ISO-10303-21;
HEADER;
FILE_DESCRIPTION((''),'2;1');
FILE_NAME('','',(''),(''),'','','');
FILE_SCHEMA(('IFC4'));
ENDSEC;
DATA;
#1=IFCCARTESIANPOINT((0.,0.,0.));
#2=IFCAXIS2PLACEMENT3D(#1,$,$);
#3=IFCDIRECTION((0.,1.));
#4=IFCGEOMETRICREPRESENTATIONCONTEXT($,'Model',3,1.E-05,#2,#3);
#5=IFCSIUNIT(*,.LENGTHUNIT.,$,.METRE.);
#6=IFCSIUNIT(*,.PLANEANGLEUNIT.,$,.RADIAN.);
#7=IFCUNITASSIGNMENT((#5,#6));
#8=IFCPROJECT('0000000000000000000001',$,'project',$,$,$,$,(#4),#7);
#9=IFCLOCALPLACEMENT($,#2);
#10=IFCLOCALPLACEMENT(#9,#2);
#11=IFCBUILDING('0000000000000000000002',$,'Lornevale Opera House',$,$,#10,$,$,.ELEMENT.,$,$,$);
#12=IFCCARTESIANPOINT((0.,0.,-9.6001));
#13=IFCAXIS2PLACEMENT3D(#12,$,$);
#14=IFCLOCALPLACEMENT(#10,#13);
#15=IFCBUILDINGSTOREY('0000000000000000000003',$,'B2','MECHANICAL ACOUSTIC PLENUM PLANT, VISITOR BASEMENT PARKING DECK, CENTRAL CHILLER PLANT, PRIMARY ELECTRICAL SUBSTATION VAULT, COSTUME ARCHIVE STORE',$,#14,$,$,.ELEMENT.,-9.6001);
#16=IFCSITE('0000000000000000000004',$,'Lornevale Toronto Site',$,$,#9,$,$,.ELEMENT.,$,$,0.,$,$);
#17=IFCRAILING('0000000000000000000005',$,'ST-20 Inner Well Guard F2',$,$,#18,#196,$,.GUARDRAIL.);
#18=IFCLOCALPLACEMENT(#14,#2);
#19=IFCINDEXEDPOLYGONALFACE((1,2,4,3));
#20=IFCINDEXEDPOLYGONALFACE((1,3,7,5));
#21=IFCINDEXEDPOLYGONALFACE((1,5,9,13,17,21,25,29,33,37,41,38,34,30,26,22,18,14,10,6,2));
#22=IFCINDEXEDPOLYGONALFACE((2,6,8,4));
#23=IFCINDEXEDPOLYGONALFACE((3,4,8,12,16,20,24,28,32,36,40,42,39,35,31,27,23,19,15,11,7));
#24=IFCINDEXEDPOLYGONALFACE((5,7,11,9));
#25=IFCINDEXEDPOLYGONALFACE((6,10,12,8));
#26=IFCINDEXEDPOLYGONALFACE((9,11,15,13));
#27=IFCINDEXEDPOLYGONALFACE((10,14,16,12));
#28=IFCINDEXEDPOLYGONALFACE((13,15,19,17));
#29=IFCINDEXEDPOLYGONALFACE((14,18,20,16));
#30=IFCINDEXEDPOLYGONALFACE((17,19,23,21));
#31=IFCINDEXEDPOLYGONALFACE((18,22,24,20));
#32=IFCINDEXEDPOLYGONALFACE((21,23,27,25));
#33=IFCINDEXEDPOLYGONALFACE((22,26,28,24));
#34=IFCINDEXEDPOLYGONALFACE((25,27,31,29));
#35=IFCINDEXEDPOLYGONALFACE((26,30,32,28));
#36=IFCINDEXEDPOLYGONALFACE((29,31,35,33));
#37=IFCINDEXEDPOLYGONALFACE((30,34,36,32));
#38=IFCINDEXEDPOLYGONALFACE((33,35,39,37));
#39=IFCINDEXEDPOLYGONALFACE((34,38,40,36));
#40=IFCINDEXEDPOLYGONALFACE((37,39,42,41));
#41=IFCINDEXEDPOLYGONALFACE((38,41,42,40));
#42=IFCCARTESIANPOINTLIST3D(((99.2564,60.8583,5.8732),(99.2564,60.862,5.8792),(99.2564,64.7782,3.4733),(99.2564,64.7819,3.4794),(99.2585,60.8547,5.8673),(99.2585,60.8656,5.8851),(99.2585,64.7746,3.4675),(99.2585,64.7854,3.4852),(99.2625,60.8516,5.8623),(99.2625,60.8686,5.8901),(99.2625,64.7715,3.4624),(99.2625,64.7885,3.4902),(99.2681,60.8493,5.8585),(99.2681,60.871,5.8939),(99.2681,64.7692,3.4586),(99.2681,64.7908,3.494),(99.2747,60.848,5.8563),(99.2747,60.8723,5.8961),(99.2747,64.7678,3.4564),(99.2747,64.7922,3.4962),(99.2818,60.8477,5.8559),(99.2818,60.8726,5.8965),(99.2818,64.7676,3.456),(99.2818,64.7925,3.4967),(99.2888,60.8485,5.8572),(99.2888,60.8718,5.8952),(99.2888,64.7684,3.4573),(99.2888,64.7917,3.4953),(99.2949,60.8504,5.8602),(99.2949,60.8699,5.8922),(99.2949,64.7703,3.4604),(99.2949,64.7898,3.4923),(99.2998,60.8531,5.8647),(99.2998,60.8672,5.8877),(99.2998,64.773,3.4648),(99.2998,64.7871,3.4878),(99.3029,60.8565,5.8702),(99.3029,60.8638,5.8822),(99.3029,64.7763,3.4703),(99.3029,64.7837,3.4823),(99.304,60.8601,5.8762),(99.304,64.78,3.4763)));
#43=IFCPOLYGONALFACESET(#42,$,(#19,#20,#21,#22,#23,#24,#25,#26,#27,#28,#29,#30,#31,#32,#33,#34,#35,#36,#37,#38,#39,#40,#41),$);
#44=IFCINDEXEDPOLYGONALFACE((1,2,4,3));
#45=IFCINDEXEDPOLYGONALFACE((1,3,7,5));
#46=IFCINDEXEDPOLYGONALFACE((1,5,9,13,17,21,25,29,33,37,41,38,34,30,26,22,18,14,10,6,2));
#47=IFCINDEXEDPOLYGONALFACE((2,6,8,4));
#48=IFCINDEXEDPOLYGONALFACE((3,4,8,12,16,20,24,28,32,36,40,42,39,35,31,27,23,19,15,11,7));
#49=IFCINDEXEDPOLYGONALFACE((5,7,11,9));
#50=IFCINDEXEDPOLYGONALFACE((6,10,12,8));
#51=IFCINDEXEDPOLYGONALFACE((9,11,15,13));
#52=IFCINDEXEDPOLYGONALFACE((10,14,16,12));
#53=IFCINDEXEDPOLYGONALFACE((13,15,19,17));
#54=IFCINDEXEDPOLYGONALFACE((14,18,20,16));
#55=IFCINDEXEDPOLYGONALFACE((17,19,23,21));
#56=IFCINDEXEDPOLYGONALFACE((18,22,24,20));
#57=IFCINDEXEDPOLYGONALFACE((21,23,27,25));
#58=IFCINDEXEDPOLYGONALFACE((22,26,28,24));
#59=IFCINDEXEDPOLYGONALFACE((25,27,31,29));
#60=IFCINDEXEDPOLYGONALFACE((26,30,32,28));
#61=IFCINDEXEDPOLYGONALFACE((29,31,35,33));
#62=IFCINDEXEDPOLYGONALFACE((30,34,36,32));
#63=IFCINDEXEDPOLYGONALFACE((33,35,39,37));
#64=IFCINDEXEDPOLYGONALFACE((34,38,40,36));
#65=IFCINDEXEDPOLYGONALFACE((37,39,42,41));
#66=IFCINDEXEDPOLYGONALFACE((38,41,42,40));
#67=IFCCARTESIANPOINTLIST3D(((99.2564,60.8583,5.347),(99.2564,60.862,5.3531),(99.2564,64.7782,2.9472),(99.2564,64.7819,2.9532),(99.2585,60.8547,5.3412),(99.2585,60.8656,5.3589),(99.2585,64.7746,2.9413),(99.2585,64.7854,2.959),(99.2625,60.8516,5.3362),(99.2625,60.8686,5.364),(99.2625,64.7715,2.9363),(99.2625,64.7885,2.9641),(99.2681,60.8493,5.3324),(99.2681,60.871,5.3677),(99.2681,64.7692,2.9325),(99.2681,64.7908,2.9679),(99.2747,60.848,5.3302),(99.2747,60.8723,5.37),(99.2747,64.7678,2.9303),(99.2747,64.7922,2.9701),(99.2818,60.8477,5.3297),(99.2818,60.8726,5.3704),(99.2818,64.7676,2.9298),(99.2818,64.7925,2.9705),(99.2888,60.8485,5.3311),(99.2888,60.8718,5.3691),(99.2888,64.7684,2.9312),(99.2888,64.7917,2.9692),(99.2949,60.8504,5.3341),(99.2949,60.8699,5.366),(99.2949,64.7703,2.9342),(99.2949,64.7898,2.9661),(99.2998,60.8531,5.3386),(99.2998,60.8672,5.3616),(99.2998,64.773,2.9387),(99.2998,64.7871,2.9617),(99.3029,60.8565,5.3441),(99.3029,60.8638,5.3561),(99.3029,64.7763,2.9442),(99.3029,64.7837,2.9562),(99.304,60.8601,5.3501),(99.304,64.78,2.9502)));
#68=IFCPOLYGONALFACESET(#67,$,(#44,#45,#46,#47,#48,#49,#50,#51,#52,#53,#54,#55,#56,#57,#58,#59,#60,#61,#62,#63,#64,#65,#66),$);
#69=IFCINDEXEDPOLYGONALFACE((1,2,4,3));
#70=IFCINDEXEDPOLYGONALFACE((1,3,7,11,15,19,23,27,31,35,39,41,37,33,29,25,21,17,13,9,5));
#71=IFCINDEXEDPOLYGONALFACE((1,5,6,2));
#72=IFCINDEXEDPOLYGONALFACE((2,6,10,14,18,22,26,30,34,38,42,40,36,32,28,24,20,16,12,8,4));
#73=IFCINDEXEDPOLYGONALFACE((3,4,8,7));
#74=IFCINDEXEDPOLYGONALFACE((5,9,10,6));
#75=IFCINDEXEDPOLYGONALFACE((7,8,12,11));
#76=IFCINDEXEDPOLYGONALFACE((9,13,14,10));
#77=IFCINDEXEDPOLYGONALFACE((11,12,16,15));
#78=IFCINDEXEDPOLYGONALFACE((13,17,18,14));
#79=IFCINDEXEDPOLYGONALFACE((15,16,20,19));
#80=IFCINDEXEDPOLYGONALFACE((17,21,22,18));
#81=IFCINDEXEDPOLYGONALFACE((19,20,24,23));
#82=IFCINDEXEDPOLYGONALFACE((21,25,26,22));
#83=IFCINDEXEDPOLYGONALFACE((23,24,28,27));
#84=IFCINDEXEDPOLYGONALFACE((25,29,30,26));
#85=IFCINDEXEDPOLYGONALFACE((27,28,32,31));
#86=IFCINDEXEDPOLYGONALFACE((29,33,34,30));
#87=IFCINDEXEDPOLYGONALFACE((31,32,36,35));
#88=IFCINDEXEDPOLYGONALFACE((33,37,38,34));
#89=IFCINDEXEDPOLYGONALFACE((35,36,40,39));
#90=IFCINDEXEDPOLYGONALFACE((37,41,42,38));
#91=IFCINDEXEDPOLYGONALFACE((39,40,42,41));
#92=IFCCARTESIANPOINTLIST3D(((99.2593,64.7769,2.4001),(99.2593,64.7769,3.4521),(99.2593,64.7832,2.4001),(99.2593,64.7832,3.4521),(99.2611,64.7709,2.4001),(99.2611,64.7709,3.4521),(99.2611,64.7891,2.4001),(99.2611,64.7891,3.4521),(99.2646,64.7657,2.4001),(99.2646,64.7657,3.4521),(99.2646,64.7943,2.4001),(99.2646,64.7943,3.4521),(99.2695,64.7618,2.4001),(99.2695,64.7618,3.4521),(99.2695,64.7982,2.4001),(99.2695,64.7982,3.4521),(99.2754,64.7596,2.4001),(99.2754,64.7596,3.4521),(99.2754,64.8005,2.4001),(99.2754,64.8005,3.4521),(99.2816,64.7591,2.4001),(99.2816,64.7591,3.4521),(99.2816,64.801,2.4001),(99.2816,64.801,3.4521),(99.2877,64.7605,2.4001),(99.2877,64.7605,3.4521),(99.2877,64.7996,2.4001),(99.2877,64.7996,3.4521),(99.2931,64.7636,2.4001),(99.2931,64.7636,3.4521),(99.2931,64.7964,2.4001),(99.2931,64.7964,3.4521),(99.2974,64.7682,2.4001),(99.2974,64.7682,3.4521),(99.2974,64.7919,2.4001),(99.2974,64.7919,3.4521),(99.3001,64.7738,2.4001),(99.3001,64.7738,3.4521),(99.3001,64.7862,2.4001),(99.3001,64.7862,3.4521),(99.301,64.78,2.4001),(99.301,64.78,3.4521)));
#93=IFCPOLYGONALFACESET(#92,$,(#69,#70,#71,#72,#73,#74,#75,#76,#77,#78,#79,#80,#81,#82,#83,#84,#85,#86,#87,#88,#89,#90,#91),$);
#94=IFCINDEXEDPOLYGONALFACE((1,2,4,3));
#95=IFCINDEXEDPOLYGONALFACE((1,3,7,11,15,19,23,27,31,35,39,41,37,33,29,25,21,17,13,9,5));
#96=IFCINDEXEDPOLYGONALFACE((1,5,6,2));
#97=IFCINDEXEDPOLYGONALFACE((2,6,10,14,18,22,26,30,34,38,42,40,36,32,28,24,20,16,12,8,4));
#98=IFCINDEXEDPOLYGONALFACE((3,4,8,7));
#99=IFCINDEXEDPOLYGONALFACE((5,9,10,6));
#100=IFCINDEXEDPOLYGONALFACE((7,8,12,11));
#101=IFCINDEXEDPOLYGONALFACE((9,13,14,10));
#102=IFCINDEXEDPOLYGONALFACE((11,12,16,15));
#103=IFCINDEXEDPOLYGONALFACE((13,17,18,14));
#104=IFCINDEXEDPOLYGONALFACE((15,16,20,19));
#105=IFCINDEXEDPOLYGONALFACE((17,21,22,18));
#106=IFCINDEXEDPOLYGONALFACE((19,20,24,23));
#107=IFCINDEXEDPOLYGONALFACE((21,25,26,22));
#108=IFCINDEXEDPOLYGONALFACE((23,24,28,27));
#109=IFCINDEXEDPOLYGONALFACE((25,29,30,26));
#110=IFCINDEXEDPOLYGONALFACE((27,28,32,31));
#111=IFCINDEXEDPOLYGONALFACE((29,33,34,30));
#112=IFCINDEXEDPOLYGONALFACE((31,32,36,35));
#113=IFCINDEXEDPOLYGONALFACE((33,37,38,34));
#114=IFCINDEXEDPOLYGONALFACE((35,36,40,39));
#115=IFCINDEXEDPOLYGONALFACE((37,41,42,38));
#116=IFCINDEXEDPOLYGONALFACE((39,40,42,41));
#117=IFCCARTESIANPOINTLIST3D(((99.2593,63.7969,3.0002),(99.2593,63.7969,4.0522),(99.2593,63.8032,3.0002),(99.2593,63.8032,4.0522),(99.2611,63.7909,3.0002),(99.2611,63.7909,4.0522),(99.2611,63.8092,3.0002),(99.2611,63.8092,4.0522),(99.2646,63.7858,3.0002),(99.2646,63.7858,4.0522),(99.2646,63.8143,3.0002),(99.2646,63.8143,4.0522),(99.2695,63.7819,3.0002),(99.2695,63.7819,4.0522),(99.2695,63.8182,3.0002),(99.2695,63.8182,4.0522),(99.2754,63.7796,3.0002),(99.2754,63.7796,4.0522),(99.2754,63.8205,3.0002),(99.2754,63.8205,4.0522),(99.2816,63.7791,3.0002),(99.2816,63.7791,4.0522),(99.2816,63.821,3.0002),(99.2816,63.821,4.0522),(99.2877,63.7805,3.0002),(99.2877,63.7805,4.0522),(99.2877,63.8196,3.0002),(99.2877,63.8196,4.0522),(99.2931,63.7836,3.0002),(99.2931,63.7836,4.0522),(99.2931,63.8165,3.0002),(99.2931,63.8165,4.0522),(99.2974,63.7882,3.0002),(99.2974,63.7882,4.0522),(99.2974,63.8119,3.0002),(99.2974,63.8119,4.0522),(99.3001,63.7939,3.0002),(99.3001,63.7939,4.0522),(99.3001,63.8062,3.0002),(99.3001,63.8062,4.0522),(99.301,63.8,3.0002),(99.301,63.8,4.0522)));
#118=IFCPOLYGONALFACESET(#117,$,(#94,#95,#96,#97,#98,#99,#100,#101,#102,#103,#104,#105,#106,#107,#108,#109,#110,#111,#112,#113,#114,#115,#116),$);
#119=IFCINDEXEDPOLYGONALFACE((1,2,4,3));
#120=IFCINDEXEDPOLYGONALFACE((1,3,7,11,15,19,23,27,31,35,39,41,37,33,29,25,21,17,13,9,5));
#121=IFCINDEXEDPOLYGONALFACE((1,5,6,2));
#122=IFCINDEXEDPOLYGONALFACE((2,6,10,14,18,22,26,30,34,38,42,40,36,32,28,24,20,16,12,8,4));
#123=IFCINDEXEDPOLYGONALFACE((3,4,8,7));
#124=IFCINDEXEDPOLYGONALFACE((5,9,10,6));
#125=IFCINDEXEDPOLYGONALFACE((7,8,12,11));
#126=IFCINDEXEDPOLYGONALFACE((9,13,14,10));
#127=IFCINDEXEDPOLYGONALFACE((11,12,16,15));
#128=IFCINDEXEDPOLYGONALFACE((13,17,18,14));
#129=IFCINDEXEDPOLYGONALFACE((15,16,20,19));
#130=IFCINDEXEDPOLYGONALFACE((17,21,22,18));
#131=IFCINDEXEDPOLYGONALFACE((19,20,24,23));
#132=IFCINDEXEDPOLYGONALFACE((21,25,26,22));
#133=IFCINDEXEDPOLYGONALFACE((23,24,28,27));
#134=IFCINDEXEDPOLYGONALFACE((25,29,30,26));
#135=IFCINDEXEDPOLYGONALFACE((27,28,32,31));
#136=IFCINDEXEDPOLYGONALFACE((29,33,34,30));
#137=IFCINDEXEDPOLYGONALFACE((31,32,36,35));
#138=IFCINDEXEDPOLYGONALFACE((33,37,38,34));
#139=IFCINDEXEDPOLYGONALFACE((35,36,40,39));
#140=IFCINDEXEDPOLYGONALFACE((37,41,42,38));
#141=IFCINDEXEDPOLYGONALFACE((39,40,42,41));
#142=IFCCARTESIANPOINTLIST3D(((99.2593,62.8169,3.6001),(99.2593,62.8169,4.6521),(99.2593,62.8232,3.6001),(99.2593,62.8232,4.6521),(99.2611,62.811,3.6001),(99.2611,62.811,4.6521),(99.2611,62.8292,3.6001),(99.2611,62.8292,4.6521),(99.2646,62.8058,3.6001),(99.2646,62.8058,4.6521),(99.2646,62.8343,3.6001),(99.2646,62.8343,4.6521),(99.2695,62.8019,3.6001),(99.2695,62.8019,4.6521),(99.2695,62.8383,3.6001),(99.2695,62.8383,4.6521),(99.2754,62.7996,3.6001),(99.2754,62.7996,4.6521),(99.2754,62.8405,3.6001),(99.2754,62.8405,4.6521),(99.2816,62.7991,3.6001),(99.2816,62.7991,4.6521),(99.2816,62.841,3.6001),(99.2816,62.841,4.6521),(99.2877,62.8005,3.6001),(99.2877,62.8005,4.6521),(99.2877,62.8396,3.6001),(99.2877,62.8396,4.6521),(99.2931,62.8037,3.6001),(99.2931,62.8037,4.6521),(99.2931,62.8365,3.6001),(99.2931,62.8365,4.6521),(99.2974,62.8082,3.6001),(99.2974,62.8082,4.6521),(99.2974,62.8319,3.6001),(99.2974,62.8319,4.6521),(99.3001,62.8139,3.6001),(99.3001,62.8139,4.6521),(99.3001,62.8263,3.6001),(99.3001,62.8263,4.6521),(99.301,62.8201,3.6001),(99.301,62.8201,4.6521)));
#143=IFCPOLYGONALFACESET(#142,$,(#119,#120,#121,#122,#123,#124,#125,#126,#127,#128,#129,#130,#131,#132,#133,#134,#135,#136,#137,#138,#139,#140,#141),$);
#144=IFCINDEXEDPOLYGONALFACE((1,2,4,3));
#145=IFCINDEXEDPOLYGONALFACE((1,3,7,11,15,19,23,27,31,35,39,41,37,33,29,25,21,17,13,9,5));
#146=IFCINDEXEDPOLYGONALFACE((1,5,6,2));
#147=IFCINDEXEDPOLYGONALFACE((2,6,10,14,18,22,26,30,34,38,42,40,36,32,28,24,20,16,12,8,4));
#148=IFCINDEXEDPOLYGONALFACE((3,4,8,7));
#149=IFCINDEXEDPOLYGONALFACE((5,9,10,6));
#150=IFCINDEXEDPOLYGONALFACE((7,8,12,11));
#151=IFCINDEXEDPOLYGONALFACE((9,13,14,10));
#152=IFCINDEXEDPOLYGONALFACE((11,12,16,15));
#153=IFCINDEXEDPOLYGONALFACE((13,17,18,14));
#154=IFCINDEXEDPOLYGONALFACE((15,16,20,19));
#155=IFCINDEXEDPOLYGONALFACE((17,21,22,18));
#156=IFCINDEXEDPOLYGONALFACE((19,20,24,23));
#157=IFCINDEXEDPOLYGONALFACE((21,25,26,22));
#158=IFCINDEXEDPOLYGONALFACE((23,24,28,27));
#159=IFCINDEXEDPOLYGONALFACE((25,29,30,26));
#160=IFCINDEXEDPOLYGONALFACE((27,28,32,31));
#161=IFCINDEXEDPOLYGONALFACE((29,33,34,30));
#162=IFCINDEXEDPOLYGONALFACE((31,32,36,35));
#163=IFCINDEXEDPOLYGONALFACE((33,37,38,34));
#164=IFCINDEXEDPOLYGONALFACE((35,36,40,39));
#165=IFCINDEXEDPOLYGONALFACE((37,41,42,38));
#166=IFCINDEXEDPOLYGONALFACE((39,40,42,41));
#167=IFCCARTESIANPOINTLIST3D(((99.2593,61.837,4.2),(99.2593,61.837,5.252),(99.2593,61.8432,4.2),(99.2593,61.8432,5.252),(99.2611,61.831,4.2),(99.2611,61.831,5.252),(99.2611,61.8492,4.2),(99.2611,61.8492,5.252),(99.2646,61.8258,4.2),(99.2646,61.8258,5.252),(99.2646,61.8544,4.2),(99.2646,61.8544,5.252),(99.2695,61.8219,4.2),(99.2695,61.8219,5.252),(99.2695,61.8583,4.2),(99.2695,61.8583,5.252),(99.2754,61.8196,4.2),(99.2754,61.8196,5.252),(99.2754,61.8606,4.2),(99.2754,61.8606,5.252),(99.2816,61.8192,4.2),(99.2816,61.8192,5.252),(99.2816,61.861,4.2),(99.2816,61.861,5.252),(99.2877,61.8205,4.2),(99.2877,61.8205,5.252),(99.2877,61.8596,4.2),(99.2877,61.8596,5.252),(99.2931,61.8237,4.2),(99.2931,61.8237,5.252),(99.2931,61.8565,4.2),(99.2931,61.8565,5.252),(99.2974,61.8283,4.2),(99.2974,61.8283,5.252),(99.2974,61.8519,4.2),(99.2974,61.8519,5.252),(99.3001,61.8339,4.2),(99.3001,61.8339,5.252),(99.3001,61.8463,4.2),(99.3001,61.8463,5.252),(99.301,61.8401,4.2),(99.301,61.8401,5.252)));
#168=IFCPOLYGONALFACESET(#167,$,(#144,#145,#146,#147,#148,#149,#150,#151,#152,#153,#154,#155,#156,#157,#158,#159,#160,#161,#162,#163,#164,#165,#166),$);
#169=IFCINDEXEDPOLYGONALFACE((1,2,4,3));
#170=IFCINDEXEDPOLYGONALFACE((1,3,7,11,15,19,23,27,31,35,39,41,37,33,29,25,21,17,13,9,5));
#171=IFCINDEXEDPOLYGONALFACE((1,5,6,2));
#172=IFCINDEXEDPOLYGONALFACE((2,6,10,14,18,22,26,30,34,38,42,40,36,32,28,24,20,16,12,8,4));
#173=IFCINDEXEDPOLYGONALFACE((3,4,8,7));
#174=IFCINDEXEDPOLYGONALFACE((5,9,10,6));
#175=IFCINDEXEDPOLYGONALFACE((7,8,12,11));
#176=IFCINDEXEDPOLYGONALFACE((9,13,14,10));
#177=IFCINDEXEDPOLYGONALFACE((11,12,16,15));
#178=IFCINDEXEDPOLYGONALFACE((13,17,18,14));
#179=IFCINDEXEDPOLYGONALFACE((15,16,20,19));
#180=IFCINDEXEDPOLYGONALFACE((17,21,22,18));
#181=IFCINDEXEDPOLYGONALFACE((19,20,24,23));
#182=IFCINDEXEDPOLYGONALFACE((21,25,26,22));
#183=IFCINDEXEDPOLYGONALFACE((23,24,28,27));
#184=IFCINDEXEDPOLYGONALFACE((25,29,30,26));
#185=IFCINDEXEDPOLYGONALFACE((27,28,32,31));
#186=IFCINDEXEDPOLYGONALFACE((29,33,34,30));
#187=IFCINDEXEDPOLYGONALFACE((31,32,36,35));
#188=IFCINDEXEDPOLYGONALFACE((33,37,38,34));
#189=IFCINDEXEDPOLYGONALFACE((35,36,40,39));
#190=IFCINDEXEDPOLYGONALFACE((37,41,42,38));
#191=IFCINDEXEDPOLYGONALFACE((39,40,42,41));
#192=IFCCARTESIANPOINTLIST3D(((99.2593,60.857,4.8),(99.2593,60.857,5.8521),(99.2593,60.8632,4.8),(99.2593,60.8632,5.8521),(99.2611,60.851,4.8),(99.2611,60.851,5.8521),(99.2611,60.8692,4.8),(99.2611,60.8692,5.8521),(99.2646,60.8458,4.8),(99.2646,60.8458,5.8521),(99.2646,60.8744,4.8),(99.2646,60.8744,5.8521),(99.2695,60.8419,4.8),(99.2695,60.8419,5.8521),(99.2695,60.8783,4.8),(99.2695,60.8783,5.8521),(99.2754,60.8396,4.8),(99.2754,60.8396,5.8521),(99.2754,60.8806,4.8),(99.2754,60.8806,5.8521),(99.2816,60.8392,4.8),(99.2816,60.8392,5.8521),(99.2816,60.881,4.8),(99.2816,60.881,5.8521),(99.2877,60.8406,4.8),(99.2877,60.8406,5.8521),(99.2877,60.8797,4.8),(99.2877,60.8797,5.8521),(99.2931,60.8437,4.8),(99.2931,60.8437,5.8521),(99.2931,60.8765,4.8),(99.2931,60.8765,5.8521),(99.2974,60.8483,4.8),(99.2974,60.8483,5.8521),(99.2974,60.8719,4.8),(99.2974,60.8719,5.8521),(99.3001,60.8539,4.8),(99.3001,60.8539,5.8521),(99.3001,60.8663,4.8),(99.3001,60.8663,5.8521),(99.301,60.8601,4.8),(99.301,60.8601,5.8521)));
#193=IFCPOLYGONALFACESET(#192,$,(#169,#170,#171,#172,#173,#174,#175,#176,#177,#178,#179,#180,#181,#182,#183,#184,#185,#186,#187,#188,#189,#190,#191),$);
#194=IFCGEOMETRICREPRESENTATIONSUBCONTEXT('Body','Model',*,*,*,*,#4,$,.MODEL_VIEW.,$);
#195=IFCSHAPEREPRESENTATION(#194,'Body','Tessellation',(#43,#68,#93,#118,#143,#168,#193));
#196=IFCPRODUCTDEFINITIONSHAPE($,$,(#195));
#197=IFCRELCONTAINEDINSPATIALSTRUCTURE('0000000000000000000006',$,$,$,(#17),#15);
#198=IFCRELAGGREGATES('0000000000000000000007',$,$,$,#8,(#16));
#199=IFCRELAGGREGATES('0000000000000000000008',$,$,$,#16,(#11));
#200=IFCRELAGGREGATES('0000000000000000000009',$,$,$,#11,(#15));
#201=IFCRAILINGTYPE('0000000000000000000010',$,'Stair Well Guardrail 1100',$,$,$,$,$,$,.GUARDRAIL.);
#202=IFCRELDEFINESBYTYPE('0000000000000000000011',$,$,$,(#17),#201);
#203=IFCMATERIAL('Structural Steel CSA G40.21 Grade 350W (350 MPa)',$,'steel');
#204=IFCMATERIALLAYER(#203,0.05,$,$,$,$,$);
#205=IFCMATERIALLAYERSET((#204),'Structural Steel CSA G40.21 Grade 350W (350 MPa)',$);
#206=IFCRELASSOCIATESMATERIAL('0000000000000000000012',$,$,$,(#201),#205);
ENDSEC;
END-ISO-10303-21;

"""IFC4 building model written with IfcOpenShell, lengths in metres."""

from ifc_helpers import new_model, si_unit, direction, frame, origin, origin_2d, place, context, subcontext, project, spatial, circle, extrude, material, layer, layer_set, type_object, element, save


model = new_model("IFC4")

# Units and contexts
model_context = context("Model", 3, precision=1e-05, world=origin(), true_north=direction((0.0, 1.0)))
body_context = subcontext(model_context, "Body", "Model", "MODEL_VIEW")
ifc_project = project(units=[si_unit("LENGTHUNIT", "METRE"), si_unit("PLANEANGLEUNIT", "RADIAN")], contexts=[model_context])

# Site, building, storey
site_placement = place(None, origin())
site = spatial("IfcSite", under=ifc_project, at=site_placement, Name="Lornevale Toronto Site", CompositionType="ELEMENT", RefElevation=0.0)
building_placement = place(site_placement, origin())
building = spatial("IfcBuilding", under=site, at=building_placement, Name="Lornevale Opera House", CompositionType="ELEMENT")
storey_placement = place(building_placement, frame((0.0, 0.0, -9.6001)))
storey = spatial("IfcBuildingStorey", under=building, at=storey_placement, Name="B2", Description="MECHANICAL ACOUSTIC PLENUM PLANT, VISITOR BASEMENT PARKING DECK, CENTRAL CHILLER PLANT, PRIMARY ELECTRICAL SUBSTATION VAULT, COSTUME ARCHIVE STORE", CompositionType="ELEMENT", Elevation=-9.6001)

# Railing
ifc_material_1 = material(Name="Structural Steel CSA G40.21 Grade 350W (350 MPa)", Category="steel")
ifc_layer_1 = layer(ifc_material_1, 0.05)
ifc_layer_set_1 = layer_set([ifc_layer_1], Name="Structural Steel CSA G40.21 Grade 350W (350 MPa)")
railing_type_1 = type_object("IfcRailingType", Name="Stair Well Guardrail 1100", PredefinedType="GUARDRAIL", material=ifc_layer_set_1)
railing_1_placement = place(storey_placement, frame((99.28, 64.78, 2.4001)))
element("IfcRailing", 1, at=railing_1_placement, inside=storey, type_object=railing_type_1, Name="ST-20 Inner Well Guard F2", PredefinedType="GUARDRAIL", context=body_context, shape_type="SweptSolid", body=[
    extrude(circle(Radius=0.0239, at=origin_2d()), frame((0.0, 0.0, 1.0762), z_axis=(0.0, -0.852856, 0.522146), x_axis=(1.0, 0.0, 0.0)), (0.0, 0.0, 1.0), 4.5962),
    extrude(circle(Radius=0.0239, at=origin_2d()), frame((0.0, 0.0, 0.55), z_axis=(0.0, -0.852856, 0.522146), x_axis=(1.0, 0.0, 0.0)), (0.0, 0.0, 1.0), 4.5962),
    extrude(circle(Radius=0.021, at=origin_2d()), origin(), (0.0, 0.0, 1.0), 1.052),
    extrude(circle(Radius=0.021, at=origin_2d()), frame((0.0, -0.98, 0.6001)), (0.0, 0.0, 1.0), 1.052),
    extrude(circle(Radius=0.021, at=origin_2d()), frame((0.0, -1.96, 1.2)), (0.0, 0.0, 1.0), 1.052),
    extrude(circle(Radius=0.021, at=origin_2d()), frame((0.0, -2.9399, 1.7998)), (0.0, 0.0, 1.0), 1.052),
    extrude(circle(Radius=0.021, at=origin_2d()), frame((0.0, -3.9199, 2.3999)), (0.0, 0.0, 1.0), 1.052),
])

save(model, "model.ifc")
